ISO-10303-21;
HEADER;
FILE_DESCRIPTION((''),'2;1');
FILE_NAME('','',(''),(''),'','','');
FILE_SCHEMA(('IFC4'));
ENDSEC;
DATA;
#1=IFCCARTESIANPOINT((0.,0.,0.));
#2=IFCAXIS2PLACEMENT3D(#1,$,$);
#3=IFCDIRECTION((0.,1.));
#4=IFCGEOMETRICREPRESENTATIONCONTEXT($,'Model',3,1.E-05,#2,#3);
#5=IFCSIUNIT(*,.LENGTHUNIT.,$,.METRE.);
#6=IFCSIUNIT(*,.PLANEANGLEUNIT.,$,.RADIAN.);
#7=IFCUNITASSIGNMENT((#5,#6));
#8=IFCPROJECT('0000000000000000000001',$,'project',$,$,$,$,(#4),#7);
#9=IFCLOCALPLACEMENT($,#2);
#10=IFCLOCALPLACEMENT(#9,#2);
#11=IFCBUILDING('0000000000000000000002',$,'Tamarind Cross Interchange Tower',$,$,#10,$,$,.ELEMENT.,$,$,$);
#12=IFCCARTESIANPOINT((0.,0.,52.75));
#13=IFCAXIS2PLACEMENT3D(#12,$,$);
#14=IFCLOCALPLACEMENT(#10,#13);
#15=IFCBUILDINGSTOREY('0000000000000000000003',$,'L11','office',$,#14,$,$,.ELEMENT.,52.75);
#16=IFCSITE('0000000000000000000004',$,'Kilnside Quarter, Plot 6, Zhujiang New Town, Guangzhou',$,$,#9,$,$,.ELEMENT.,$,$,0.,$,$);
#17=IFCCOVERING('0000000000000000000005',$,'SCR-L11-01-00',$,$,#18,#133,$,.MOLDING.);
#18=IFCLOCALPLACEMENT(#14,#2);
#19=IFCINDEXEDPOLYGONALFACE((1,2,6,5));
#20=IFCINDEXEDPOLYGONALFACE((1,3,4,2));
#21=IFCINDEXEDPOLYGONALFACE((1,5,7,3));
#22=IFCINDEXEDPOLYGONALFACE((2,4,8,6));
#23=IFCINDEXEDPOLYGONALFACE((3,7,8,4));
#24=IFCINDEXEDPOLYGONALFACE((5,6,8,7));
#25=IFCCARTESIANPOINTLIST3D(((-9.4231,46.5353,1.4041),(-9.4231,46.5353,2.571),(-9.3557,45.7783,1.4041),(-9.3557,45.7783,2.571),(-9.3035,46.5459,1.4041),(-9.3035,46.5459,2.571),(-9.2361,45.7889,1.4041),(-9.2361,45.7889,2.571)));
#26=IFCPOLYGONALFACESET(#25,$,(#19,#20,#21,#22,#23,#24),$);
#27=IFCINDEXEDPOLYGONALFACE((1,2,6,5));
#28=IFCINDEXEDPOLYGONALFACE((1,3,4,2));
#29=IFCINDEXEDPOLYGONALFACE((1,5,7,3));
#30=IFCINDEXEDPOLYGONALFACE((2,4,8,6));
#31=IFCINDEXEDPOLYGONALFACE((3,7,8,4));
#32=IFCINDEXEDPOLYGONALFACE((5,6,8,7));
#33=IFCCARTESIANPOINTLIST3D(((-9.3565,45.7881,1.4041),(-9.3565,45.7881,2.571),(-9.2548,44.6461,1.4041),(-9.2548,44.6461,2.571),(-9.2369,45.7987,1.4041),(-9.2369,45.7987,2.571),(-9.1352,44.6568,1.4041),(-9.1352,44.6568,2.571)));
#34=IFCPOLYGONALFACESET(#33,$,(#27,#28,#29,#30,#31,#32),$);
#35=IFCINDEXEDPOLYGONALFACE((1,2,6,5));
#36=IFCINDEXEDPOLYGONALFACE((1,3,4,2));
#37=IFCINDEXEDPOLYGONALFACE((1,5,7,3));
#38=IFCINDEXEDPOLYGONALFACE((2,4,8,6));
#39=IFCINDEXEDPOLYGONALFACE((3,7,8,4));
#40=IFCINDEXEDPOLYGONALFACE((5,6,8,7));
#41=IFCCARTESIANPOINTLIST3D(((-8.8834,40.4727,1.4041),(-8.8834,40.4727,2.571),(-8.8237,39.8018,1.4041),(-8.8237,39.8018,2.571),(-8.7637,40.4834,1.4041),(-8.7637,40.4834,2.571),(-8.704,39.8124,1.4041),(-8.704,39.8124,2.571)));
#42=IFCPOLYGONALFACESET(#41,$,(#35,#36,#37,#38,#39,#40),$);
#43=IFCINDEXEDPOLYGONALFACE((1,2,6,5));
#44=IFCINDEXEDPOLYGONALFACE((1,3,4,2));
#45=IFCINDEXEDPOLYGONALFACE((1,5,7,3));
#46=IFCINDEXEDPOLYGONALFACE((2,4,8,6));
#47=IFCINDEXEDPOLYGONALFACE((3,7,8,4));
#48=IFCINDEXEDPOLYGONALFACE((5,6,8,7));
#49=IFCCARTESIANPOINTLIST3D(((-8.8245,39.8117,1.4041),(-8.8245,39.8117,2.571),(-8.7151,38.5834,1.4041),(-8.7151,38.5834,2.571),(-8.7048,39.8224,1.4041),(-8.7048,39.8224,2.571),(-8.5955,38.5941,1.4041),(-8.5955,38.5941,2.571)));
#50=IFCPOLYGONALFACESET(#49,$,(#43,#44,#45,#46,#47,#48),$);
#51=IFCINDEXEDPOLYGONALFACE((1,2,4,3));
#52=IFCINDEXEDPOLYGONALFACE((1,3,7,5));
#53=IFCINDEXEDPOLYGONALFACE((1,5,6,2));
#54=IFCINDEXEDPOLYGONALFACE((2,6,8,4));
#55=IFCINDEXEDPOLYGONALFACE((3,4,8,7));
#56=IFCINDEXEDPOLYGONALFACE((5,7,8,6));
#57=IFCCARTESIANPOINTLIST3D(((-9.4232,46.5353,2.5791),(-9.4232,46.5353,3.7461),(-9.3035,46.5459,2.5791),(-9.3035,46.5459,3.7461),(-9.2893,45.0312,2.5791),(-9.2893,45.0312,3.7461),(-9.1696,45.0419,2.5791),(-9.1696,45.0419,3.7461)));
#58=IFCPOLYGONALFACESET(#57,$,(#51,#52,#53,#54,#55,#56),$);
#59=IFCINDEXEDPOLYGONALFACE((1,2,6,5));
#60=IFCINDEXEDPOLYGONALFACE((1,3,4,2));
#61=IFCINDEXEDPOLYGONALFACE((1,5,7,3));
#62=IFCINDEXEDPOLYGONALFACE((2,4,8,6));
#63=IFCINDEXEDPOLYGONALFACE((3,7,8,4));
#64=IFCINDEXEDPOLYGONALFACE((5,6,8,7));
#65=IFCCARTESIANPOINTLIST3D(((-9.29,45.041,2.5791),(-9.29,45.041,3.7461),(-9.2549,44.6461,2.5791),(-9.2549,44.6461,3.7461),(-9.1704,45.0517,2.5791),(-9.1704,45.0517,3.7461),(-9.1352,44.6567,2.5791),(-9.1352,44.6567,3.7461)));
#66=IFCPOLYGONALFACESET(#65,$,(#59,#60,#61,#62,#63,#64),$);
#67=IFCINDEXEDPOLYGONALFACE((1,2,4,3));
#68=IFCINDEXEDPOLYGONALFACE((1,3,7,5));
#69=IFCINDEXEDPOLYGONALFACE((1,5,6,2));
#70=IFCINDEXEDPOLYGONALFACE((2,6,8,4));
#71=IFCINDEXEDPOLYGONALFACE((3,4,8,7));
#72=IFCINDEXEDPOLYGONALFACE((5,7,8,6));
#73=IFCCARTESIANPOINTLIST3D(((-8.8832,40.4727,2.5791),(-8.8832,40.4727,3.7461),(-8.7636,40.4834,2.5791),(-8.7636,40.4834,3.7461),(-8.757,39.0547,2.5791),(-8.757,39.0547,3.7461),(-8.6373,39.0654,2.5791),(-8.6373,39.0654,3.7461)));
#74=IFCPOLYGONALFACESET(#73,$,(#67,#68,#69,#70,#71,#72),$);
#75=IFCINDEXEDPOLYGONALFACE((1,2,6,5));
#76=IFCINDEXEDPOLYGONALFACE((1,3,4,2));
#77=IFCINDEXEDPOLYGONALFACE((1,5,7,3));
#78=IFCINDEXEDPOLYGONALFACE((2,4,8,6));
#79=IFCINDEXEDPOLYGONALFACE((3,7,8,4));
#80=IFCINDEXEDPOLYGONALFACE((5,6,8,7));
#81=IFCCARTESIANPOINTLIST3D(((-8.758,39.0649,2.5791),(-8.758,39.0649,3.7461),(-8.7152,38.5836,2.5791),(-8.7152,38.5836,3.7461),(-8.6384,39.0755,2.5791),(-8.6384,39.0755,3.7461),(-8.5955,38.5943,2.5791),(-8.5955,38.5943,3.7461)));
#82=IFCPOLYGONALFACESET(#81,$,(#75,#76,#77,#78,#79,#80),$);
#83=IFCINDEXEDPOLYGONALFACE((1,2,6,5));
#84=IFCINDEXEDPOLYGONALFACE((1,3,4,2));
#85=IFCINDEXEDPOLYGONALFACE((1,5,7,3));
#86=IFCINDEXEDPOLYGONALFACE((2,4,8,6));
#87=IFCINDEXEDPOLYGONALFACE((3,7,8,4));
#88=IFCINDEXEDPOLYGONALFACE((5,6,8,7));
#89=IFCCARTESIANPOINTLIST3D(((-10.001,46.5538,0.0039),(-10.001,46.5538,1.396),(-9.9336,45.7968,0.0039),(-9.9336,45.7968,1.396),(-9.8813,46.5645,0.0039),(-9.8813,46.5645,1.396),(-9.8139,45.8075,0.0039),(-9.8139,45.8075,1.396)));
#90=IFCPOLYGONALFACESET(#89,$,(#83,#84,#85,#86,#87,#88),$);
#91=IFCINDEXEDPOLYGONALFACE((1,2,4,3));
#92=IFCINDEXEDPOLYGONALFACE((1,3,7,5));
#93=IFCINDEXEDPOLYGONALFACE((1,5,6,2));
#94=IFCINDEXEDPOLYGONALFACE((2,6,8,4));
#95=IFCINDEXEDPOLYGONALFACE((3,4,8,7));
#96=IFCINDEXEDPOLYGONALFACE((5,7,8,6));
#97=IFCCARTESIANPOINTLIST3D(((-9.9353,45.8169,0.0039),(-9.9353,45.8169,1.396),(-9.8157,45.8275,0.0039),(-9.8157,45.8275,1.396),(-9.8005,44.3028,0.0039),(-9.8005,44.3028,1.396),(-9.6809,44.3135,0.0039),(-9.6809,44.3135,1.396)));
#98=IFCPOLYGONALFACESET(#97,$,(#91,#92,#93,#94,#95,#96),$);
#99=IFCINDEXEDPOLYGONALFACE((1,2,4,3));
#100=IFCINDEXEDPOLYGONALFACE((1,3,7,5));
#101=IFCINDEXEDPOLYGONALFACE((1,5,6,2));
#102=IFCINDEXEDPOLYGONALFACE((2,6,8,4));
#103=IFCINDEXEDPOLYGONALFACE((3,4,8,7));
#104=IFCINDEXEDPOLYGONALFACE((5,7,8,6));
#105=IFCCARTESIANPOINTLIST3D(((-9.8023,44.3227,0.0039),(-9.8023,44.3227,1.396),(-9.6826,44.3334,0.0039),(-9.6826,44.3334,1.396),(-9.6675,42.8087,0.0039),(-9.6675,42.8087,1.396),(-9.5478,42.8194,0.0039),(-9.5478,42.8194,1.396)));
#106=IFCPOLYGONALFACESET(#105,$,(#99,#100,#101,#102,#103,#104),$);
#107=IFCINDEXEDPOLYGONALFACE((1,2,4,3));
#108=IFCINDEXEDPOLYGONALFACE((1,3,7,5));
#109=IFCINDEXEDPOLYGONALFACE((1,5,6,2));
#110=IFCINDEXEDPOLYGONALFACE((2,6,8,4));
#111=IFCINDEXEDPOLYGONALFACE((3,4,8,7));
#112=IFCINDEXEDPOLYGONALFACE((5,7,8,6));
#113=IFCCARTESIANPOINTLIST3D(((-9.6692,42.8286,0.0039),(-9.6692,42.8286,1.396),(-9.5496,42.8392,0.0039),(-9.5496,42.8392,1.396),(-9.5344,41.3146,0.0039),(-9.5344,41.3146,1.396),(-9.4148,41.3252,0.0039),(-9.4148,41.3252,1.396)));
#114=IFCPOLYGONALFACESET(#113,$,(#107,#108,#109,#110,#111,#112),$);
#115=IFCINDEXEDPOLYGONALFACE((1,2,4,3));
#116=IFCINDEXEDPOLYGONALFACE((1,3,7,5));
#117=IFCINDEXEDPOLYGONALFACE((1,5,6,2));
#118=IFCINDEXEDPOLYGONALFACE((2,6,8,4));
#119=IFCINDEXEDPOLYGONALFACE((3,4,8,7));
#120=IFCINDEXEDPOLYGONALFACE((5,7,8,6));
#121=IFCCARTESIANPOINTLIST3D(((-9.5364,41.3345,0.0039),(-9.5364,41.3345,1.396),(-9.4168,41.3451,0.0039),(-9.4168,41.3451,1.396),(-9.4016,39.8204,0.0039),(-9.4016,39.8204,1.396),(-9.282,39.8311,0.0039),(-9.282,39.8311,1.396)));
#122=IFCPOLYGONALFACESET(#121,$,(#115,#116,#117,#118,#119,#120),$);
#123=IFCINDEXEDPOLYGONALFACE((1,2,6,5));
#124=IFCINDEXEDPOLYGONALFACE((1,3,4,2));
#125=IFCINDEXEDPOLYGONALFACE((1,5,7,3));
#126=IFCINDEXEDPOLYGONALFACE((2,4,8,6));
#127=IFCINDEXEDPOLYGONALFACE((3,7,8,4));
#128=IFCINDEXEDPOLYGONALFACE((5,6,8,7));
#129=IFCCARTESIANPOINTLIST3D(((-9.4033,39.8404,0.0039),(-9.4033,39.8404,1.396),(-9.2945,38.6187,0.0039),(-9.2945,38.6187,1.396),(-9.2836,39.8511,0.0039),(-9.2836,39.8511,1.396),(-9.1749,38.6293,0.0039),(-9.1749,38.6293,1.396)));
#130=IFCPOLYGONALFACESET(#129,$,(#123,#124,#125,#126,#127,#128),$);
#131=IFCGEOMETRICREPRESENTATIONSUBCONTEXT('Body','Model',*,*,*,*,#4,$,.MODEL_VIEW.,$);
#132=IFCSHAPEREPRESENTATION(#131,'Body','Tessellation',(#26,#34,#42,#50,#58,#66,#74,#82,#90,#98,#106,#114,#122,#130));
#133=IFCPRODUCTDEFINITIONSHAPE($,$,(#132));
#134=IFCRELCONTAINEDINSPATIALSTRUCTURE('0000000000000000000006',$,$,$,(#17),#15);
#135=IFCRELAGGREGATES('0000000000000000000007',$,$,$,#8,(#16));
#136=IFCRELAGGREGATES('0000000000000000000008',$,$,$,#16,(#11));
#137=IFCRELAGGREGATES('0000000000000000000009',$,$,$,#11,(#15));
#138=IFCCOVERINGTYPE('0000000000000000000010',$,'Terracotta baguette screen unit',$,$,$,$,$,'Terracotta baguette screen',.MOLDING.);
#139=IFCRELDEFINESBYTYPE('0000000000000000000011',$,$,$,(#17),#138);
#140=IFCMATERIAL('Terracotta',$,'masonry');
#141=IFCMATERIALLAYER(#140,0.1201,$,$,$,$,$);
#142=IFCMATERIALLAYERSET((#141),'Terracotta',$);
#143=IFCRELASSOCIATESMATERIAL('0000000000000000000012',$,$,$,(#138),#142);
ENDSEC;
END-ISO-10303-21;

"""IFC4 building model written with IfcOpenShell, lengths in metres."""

from ifc_helpers import new_model, si_unit, direction, frame, origin, origin_2d, place, context, subcontext, project, spatial, rectangle, extrude, material, layer, layer_set, type_object, element, save


model = new_model("IFC4")

# Units and contexts
model_context = context("Model", 3, precision=1e-05, world=origin(), true_north=direction((0.0, 1.0)))
body_context = subcontext(model_context, "Body", "Model", "MODEL_VIEW")
ifc_project = project(units=[si_unit("LENGTHUNIT", "METRE"), si_unit("PLANEANGLEUNIT", "RADIAN")], contexts=[model_context])

# Site, building, storey
site_placement = place(None, origin())
site = spatial("IfcSite", under=ifc_project, at=site_placement, Name="Kilnside Quarter, Plot 6, Zhujiang New Town, Guangzhou", CompositionType="ELEMENT", RefElevation=0.0)
building_placement = place(site_placement, origin())
building = spatial("IfcBuilding", under=site, at=building_placement, Name="Tamarind Cross Interchange Tower", CompositionType="ELEMENT")
storey_placement = place(building_placement, frame((0.0, 0.0, 52.75)))
storey = spatial("IfcBuildingStorey", under=building, at=storey_placement, Name="L11", Description="office", CompositionType="ELEMENT", Elevation=52.75)

# Covering
ifc_material_1 = material(Name="Terracotta", Category="masonry")
ifc_layer_1 = layer(ifc_material_1, 0.1201)
ifc_layer_set_1 = layer_set([ifc_layer_1], Name="Terracotta")
covering_type = type_object("IfcCoveringType", Name="Terracotta baguette screen unit", ElementType="Terracotta baguette screen", PredefinedType="MOLDING", material=ifc_layer_set_1)
covering_1_placement = place(storey_placement, origin())
element("IfcCovering", 1, at=covering_1_placement, inside=storey, type_object=covering_type, Name="SCR-L11-01-00", PredefinedType="MOLDING", context=body_context, shape_type="SweptSolid", body=[
    extrude(rectangle(XDim=0.76, YDim=0.1201, at=origin_2d()), frame((-9.3296, 46.1621, 1.4041), z_axis=(0.0, 0.0, 1.0), x_axis=(0.088684, -0.99606, 0.0)), (0.0, 0.0, 1.0), 1.167),
    extrude(rectangle(XDim=1.1465, YDim=0.1201, at=origin_2d()), frame((-9.2458, 45.2224, 1.4041), z_axis=(0.0, 0.0, 1.0), x_axis=(0.088684, -0.99606, 0.0)), (0.0, 0.0, 1.0), 1.167),
    extrude(rectangle(XDim=0.6736, YDim=0.1201, at=origin_2d()), frame((-8.7937, 40.1426, 1.4041), z_axis=(0.0, 0.0, 1.0), x_axis=(0.088684, -0.99606, 0.0)), (0.0, 0.0, 1.0), 1.167),
    extrude(rectangle(XDim=1.2332, YDim=0.1201, at=origin_2d()), frame((-8.71, 39.2029, 1.4041), z_axis=(0.0, 0.0, 1.0), x_axis=(0.088684, -0.99606, 0.0)), (0.0, 0.0, 1.0), 1.167),
    extrude(rectangle(XDim=1.51, YDim=0.1201, at=origin_2d()), frame((-9.2964, 45.7886, 2.5791), z_axis=(0.0, 0.0, 1.0), x_axis=(0.088684, -0.99606, 0.0)), (0.0, 0.0, 1.0), 1.167),
    extrude(rectangle(XDim=0.3965, YDim=0.1201, at=origin_2d()), frame((-9.2126, 44.8489, 2.5791), z_axis=(0.0, 0.0, 1.0), x_axis=(0.088684, -0.99606, 0.0)), (0.0, 0.0, 1.0), 1.167),
    extrude(rectangle(XDim=1.4236, YDim=0.1201, at=origin_2d()), frame((-8.7603, 39.769, 2.5791), z_axis=(0.0, 0.0, 1.0), x_axis=(0.088684, -0.99606, 0.0)), (0.0, 0.0, 1.0), 1.167),
    extrude(rectangle(XDim=0.4832, YDim=0.1201, at=origin_2d()), frame((-8.6768, 38.8296, 2.5791), z_axis=(0.0, 0.0, 1.0), x_axis=(0.088684, -0.99606, 0.0)), (0.0, 0.0, 1.0), 1.167),
    extrude(rectangle(XDim=0.76, YDim=0.1201, at=origin_2d()), frame((-9.9075, 46.1807, 0.0039), z_axis=(0.0, 0.0, 1.0), x_axis=(0.088684, -0.99606, 0.0)), (0.0, 0.0, 1.0), 1.3921),
    extrude(rectangle(XDim=1.52, YDim=0.1201, at=origin_2d()), frame((-9.8081, 45.0652, 0.0039), z_axis=(0.0, 0.0, 1.0), x_axis=(0.088684, -0.99606, 0.0)), (0.0, 0.0, 1.0), 1.3921),
    extrude(rectangle(XDim=1.52, YDim=0.1201, at=origin_2d()), frame((-9.675, 43.571, 0.0039), z_axis=(0.0, 0.0, 1.0), x_axis=(0.088684, -0.99606, 0.0)), (0.0, 0.0, 1.0), 1.3921),
    extrude(rectangle(XDim=1.52, YDim=0.1201, at=origin_2d()), frame((-9.542, 42.0769, 0.0039), z_axis=(0.0, 0.0, 1.0), x_axis=(0.088684, -0.99606, 0.0)), (0.0, 0.0, 1.0), 1.3921),
    extrude(rectangle(XDim=1.52, YDim=0.1201, at=origin_2d()), frame((-9.4092, 40.5828, 0.0039), z_axis=(0.0, 0.0, 1.0), x_axis=(0.088684, -0.99606, 0.0)), (0.0, 0.0, 1.0), 1.3921),
    extrude(rectangle(XDim=1.2266, YDim=0.1201, at=origin_2d()), frame((-9.2891, 39.2349, 0.0039), z_axis=(0.0, 0.0, 1.0), x_axis=(0.088684, -0.99606, 0.0)), (0.0, 0.0, 1.0), 1.3921),
])

save(model, "model.ifc")
